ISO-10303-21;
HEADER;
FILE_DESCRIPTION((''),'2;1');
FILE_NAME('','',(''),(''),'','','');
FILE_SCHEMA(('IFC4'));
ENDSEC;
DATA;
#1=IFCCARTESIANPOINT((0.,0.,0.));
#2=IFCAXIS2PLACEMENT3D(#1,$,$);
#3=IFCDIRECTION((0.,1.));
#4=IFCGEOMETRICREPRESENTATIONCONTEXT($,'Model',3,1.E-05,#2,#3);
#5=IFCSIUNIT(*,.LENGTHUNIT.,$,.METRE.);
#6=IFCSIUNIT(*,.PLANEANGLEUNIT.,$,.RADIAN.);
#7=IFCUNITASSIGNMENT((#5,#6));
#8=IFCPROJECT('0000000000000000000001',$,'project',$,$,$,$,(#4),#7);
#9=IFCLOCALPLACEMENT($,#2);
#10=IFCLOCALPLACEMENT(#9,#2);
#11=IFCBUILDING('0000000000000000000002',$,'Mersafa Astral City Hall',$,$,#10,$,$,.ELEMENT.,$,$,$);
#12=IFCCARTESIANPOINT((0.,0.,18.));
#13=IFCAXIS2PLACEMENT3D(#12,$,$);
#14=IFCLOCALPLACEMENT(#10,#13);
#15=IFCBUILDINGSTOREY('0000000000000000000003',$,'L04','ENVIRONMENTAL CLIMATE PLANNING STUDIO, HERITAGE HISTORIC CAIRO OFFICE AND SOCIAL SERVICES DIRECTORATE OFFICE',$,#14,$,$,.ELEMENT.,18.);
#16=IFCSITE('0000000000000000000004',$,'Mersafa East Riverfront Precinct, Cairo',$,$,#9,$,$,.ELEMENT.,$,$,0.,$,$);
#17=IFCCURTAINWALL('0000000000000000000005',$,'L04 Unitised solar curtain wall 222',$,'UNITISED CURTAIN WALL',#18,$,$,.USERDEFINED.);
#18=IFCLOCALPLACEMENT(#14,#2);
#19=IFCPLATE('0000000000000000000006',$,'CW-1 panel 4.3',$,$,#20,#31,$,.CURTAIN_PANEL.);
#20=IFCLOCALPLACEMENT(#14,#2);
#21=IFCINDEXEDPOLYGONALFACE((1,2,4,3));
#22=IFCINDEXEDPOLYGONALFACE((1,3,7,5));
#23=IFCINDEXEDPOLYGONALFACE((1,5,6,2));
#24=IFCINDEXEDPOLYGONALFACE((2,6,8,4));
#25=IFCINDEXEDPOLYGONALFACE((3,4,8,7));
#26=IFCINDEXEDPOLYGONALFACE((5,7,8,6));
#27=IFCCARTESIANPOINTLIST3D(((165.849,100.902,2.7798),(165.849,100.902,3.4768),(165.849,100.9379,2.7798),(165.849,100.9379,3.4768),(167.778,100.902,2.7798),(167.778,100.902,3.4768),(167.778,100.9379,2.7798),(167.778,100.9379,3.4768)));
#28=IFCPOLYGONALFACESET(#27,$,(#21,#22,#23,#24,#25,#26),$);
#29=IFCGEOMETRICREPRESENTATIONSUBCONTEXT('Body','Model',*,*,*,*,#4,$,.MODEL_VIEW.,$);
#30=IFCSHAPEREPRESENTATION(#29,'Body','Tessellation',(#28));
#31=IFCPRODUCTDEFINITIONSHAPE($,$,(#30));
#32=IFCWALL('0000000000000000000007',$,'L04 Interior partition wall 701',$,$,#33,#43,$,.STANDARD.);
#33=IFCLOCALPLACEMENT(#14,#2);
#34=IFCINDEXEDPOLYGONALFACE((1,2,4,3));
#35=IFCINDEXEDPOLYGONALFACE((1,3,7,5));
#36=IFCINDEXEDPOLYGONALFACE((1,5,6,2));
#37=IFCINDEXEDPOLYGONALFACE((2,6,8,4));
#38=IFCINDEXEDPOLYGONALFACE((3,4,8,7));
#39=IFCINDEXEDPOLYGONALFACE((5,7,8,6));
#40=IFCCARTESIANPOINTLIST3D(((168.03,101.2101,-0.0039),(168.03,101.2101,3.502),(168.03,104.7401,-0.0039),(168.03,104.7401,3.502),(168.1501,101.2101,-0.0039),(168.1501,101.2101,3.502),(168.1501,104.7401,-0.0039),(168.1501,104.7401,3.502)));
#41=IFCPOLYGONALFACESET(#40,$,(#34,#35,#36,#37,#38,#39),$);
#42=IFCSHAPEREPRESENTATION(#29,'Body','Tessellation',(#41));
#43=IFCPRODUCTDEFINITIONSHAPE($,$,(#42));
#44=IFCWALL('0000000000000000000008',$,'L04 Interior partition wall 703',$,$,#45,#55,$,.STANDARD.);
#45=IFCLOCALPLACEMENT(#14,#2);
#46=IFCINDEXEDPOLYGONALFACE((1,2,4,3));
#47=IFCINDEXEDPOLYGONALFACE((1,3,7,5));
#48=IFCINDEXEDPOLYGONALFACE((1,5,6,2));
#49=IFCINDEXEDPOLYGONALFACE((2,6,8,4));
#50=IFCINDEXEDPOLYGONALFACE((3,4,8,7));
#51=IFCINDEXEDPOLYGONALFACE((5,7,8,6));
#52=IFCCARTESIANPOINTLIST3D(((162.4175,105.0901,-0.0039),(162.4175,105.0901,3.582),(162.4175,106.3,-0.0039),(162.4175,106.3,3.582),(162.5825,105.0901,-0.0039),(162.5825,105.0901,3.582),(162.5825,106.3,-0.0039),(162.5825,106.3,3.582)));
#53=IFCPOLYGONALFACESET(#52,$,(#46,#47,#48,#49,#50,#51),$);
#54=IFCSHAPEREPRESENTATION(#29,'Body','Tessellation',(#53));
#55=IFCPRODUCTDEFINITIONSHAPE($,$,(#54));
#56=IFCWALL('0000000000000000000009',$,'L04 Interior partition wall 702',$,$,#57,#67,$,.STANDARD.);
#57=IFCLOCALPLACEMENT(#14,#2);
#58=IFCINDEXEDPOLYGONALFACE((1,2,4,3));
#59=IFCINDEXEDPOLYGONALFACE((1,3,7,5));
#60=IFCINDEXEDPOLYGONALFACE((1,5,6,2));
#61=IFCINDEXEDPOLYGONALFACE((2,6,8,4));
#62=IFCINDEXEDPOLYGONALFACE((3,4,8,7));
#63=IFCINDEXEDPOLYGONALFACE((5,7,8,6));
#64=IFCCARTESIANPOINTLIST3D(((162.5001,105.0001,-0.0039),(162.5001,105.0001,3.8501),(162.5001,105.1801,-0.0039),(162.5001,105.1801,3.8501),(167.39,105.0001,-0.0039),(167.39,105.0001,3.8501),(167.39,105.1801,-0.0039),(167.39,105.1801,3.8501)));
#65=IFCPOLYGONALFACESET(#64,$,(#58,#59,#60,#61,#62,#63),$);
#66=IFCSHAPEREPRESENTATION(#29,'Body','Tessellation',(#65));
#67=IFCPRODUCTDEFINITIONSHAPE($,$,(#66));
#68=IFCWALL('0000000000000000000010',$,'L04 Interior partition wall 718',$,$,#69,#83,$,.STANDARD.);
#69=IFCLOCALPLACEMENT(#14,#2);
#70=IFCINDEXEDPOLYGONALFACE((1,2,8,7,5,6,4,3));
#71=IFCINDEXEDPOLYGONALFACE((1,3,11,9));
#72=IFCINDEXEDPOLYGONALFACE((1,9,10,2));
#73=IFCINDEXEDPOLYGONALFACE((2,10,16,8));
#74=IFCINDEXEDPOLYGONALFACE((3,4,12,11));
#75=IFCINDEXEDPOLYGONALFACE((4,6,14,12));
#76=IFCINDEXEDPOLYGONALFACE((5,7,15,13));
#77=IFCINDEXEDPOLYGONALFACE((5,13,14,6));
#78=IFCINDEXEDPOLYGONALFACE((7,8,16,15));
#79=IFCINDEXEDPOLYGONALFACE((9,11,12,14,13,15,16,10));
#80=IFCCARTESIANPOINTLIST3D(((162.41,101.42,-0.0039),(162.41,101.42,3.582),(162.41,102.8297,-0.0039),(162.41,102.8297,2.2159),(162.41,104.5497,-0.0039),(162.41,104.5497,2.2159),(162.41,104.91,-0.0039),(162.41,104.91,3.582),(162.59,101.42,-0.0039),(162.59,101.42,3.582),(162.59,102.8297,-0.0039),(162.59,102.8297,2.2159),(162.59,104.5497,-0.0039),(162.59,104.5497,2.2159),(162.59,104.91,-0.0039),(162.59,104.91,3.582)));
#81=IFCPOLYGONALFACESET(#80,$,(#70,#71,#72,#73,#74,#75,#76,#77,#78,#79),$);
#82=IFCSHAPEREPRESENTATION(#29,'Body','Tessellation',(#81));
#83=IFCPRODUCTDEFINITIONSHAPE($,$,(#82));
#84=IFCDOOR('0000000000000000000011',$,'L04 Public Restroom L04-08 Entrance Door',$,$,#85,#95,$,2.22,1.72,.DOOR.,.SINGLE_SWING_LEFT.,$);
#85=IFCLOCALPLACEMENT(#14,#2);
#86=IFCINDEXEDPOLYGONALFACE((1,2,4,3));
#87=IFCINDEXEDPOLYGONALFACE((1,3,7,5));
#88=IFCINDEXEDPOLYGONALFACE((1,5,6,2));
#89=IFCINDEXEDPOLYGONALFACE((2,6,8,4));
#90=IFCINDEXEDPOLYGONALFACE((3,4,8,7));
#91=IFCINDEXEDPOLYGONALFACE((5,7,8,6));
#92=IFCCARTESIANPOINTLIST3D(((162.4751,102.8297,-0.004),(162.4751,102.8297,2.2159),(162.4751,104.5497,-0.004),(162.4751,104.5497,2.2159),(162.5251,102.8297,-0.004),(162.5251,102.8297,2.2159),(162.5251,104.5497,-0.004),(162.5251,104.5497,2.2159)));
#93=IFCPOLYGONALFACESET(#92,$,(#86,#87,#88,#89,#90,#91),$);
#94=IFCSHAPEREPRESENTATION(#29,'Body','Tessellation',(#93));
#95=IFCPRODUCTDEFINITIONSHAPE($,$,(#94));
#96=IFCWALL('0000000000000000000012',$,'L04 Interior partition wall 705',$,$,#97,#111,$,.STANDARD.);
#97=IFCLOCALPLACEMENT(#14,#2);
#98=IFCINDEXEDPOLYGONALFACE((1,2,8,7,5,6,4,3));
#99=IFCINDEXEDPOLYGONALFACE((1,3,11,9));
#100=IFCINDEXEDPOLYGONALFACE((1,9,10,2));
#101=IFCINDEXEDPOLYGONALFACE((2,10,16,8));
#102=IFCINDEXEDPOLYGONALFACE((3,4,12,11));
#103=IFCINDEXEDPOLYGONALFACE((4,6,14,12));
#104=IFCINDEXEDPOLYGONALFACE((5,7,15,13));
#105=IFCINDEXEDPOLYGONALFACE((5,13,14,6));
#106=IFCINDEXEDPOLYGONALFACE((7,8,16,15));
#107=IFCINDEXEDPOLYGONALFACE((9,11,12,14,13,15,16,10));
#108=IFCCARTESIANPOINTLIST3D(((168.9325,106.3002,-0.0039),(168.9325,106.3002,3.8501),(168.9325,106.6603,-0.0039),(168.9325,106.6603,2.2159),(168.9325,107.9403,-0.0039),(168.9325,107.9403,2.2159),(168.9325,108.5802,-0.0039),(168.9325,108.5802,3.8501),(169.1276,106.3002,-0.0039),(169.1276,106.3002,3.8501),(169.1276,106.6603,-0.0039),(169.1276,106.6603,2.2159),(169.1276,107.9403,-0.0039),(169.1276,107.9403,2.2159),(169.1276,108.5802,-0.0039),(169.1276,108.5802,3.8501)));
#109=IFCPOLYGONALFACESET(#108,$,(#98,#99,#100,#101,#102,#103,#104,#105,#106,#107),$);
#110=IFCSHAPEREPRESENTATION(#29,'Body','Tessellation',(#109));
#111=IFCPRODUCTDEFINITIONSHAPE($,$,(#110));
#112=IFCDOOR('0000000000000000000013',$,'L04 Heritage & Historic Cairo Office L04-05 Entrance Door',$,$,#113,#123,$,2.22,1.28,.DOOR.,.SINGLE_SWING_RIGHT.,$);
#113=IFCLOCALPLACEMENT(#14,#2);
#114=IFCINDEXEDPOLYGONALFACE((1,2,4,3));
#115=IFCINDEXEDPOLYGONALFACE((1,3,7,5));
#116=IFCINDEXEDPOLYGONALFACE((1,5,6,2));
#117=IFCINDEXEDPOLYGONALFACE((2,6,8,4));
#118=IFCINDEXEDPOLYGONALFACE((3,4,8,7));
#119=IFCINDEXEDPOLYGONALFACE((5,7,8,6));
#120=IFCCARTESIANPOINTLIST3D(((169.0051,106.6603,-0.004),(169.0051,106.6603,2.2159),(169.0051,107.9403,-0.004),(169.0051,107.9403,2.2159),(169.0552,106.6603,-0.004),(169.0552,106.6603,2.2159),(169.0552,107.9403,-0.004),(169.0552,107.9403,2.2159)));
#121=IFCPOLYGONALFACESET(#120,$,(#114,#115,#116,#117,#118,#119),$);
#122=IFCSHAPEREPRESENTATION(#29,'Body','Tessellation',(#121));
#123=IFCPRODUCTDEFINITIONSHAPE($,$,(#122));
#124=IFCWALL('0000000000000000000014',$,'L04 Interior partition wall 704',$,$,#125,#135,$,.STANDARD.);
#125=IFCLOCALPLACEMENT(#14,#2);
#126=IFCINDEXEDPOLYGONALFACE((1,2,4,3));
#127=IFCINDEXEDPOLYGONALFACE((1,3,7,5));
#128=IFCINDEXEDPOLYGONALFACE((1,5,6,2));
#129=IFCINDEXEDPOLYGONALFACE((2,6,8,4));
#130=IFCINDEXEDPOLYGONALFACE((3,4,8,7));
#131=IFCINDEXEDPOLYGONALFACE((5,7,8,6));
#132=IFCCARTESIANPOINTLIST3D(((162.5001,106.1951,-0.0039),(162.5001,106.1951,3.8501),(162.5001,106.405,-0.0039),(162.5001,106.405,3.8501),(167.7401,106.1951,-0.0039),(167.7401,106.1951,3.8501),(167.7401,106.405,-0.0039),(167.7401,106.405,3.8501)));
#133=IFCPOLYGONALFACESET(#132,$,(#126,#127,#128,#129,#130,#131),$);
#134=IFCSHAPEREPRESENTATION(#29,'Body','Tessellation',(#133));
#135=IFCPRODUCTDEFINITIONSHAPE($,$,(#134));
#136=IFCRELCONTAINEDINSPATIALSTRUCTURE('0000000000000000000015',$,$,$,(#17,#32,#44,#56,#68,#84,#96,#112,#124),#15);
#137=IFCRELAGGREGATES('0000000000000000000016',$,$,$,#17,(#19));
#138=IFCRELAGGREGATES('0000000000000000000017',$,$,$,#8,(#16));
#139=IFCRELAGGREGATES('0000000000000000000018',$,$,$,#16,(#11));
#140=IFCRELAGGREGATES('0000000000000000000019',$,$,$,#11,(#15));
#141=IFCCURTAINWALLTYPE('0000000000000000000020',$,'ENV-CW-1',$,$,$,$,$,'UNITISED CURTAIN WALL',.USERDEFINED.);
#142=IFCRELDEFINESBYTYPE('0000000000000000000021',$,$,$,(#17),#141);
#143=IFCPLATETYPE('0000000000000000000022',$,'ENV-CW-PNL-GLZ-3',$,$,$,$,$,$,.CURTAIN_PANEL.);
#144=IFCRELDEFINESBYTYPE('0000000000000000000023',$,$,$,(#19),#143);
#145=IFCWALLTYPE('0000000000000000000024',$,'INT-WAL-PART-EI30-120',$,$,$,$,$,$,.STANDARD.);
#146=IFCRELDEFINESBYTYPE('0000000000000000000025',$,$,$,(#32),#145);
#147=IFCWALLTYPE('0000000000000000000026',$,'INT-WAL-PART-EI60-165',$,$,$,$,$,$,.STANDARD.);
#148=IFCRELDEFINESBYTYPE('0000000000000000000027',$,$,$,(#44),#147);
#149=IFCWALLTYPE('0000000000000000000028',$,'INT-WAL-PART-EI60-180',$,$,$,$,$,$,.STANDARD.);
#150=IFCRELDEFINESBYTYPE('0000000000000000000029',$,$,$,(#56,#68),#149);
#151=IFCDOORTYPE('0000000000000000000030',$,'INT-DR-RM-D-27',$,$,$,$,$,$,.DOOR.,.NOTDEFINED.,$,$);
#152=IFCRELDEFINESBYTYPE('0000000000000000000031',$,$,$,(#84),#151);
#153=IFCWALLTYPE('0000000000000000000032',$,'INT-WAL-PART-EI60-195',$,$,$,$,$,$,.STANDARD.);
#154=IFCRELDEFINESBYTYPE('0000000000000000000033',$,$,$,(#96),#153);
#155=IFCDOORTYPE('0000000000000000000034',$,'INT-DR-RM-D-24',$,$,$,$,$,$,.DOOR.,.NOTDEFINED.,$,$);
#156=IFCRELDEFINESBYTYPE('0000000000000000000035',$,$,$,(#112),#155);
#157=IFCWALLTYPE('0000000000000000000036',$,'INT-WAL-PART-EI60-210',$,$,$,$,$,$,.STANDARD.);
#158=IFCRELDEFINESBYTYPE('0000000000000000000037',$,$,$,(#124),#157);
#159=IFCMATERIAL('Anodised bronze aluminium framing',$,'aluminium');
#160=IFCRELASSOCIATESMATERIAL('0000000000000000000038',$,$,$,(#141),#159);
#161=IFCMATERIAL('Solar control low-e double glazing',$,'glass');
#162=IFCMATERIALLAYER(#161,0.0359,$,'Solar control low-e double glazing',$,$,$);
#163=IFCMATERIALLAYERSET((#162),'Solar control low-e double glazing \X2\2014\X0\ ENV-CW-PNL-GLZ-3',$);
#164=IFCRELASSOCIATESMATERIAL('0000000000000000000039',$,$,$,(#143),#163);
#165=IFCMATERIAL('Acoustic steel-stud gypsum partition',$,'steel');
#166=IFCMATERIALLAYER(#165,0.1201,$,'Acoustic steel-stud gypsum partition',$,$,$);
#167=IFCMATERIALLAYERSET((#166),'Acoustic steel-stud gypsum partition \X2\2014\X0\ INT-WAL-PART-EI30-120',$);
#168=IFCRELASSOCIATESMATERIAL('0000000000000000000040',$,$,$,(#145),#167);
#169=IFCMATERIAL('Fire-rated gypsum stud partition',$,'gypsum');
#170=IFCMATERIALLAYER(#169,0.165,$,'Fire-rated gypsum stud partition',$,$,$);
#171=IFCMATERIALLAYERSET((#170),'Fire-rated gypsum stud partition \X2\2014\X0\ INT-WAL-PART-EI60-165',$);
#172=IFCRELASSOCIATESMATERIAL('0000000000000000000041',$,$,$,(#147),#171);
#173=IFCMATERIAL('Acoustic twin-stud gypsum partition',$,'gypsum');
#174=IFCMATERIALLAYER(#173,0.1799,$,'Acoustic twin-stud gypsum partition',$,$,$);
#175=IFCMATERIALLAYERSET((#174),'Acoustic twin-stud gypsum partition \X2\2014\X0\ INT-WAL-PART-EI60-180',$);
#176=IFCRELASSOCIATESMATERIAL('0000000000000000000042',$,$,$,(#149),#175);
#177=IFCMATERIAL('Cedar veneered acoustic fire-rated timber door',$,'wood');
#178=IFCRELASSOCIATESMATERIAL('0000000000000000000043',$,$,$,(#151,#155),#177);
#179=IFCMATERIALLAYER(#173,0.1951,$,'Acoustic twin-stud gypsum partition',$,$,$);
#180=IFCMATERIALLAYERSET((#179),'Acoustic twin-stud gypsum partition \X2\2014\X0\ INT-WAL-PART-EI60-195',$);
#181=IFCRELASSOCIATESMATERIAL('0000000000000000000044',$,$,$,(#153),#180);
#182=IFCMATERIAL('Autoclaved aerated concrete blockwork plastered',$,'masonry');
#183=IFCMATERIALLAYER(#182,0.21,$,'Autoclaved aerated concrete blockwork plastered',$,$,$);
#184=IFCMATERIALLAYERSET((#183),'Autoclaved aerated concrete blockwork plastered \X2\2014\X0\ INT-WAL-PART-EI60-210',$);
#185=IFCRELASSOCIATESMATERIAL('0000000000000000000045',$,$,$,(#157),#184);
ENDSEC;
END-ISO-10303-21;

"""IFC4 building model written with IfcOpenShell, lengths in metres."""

from ifc_helpers import new_model, si_unit, direction, frame, frame_2d, origin, origin_2d, place, context, subcontext, project, spatial, rectangle, extrude, material, layer, layer_set, type_object, element, fill, aggregate, save


model = new_model("IFC4")

# Units and contexts
model_context = context("Model", 3, precision=1e-05, world=origin(), true_north=direction((0.0, 1.0)))
body_context = subcontext(model_context, "Body", "Model", "MODEL_VIEW")
ifc_project = project(units=[si_unit("LENGTHUNIT", "METRE"), si_unit("PLANEANGLEUNIT", "RADIAN")], contexts=[model_context])

# Site, building, storey
site_placement = place(None, origin())
site = spatial("IfcSite", under=ifc_project, at=site_placement, Name="Mersafa East Riverfront Precinct, Cairo", CompositionType="ELEMENT", RefElevation=0.0)
building_placement = place(site_placement, origin())
building = spatial("IfcBuilding", under=site, at=building_placement, Name="Mersafa Astral City Hall", CompositionType="ELEMENT")
storey_placement = place(building_placement, frame((0.0, 0.0, 18.0)))
storey = spatial("IfcBuildingStorey", under=building, at=storey_placement, Name="L04", Description="ENVIRONMENTAL CLIMATE PLANNING STUDIO, HERITAGE HISTORIC CAIRO OFFICE AND SOCIAL SERVICES DIRECTORATE OFFICE", CompositionType="ELEMENT", Elevation=18.0)

# Shared definitions
ifc_material_1 = material(Name="Anodised bronze aluminium framing", Category="aluminium")

# Curtain wall
curtain_wall_type_1 = type_object("IfcCurtainWallType", Name="ENV-CW-1", ElementType="UNITISED CURTAIN WALL", PredefinedType="USERDEFINED", material=ifc_material_1)
curtain_wall_1_placement = place(storey_placement, origin())
curtain_wall_1 = element("IfcCurtainWall", 1, at=curtain_wall_1_placement, inside=storey, type_object=curtain_wall_type_1, Name="L04 Unitised solar curtain wall 222", ObjectType="UNITISED CURTAIN WALL", PredefinedType="USERDEFINED")

# Plate
ifc_material_2 = material(Name="Solar control low-e double glazing", Category="glass")
ifc_layer_1 = layer(ifc_material_2, 0.0359, Name="Solar control low-e double glazing")
ifc_layer_set_1 = layer_set([ifc_layer_1], Name="Solar control low-e double glazing — ENV-CW-PNL-GLZ-3")
plate_type = type_object("IfcPlateType", Name="ENV-CW-PNL-GLZ-3", PredefinedType="CURTAIN_PANEL", material=ifc_layer_set_1)
plate_1_placement = place(storey_placement, frame((166.8135, 100.9199, 2.7798), z_axis=(0.0, 0.0, 1.0), x_axis=(1.0, 0.0, 0.0)))
plate_1 = element("IfcPlate", 2, at=plate_1_placement, type_object=plate_type, Name="CW-1 panel 4.3", PredefinedType="CURTAIN_PANEL", context=body_context, shape_type="SweptSolid", body=[
    extrude(rectangle(XDim=1.929, YDim=0.0359, at=origin_2d()), origin(), (0.0, 0.0, 1.0), 0.697),
])
aggregate(curtain_wall_1, [plate_1])

# Walls
ifc_material_3 = material(Name="Acoustic steel-stud gypsum partition", Category="steel")
ifc_layer_2 = layer(ifc_material_3, 0.1201, Name="Acoustic steel-stud gypsum partition")
ifc_layer_set_2 = layer_set([ifc_layer_2], Name="Acoustic steel-stud gypsum partition — INT-WAL-PART-EI30-120")
wall_type_1 = type_object("IfcWallType", Name="INT-WAL-PART-EI30-120", PredefinedType="STANDARD", material=ifc_layer_set_2)
wall_1_placement = place(storey_placement, frame((168.0901, 101.21, -0.0039), z_axis=(0.0, 0.0, 1.0), x_axis=(0.0, 1.0, 0.0)))
element("IfcWall", 3, at=wall_1_placement, inside=storey, type_object=wall_type_1, Name="L04 Interior partition wall 701", PredefinedType="STANDARD", context=body_context, shape_type="SweptSolid", body=[
    extrude(rectangle(XDim=3.53, YDim=0.1201, at=frame_2d((1.7651, 0.0))), origin(), (0.0, 0.0, 1.0), 3.5059),
])
ifc_material_4 = material(Name="Fire-rated gypsum stud partition", Category="gypsum")
ifc_layer_3 = layer(ifc_material_4, 0.165, Name="Fire-rated gypsum stud partition")
ifc_layer_set_3 = layer_set([ifc_layer_3], Name="Fire-rated gypsum stud partition — INT-WAL-PART-EI60-165")
wall_type_2 = type_object("IfcWallType", Name="INT-WAL-PART-EI60-165", PredefinedType="STANDARD", material=ifc_layer_set_3)
wall_2_placement = place(storey_placement, frame((162.5, 105.0901, -0.0039), z_axis=(0.0, 0.0, 1.0), x_axis=(0.0, 1.0, 0.0)))
element("IfcWall", 4, at=wall_2_placement, inside=storey, type_object=wall_type_2, Name="L04 Interior partition wall 703", PredefinedType="STANDARD", context=body_context, shape_type="SweptSolid", body=[
    extrude(rectangle(XDim=1.21, YDim=0.165, at=frame_2d((0.605, 0.0))), origin(), (0.0, 0.0, 1.0), 3.5859),
])
ifc_material_5 = material(Name="Acoustic twin-stud gypsum partition", Category="gypsum")
ifc_layer_4 = layer(ifc_material_5, 0.1799, Name="Acoustic twin-stud gypsum partition")
ifc_layer_set_4 = layer_set([ifc_layer_4], Name="Acoustic twin-stud gypsum partition — INT-WAL-PART-EI60-180")
wall_type_3 = type_object("IfcWallType", Name="INT-WAL-PART-EI60-180", PredefinedType="STANDARD", material=ifc_layer_set_4)
wall_3_placement = place(storey_placement, frame((167.3899, 105.0901, -0.0039), z_axis=(0.0, 0.0, 1.0), x_axis=(-1.0, 0.0, 0.0)))
element("IfcWall", 5, at=wall_3_placement, inside=storey, type_object=wall_type_3, Name="L04 Interior partition wall 702", PredefinedType="STANDARD", context=body_context, shape_type="SweptSolid", body=[
    extrude(rectangle(XDim=4.8899, YDim=0.1799, at=frame_2d((2.4448, 0.0))), origin(), (0.0, 0.0, 1.0), 3.854),
])

# Walls, openings, doors
wall_4_placement = place(storey_placement, frame((162.5, 101.4199, -0.0039), z_axis=(0.0, 0.0, 1.0), x_axis=(0.0, 1.0, 0.0)))
wall_4 = element("IfcWall", 6, at=wall_4_placement, inside=storey, type_object=wall_type_3, Name="L04 Interior partition wall 718", PredefinedType="STANDARD", context=body_context, shape_type="SweptSolid", body=[
    extrude(rectangle(XDim=3.49, YDim=0.1799, at=frame_2d((1.7451, 0.0))), origin(), (0.0, 0.0, 1.0), 3.5859),
])
opening_1_placement = place(wall_4_placement, frame((1.4099, 0.0, 0.0)))
opening_1 = element("IfcOpeningElement", 7, at=opening_1_placement, cuts=wall_4, PredefinedType="OPENING", context=body_context, shape_type="SweptSolid", body=[
    extrude(rectangle(XDim=1.72, YDim=2.22, at=frame_2d((0.8599, 1.1099))), frame((0.0, 0.0999, 0.0), z_axis=(0.0, -1.0, 0.0), x_axis=(1.0, 0.0, 0.0)), (0.0, 0.0, 1.0), 0.2),
])
ifc_material_6 = material(Name="Cedar veneered acoustic fire-rated timber door", Category="wood")
door_type_1 = type_object("IfcDoorType", Name="INT-DR-RM-D-27", OperationType="NOTDEFINED", PredefinedType="DOOR", material=ifc_material_6)
door_1_placement = place(opening_1_placement, origin())
door_1 = element("IfcDoor", 8, at=door_1_placement, inside=storey, type_object=door_type_1, Name="L04 Public Restroom L04-08 Entrance Door", OperationType="SINGLE_SWING_LEFT", OverallHeight=2.22, OverallWidth=1.72, PredefinedType="DOOR", context=body_context, shape_type="SweptSolid", body=[
    extrude(rectangle(XDim=1.72, YDim=2.22, at=frame_2d((0.8599, 1.1099))), frame((0.0, 0.0249, 0.0), z_axis=(0.0, -1.0, 0.0), x_axis=(1.0, 0.0, 0.0)), (0.0, 0.0, 1.0), 0.05),
])
fill(opening_1, door_1)
ifc_layer_5 = layer(ifc_material_5, 0.1951, Name="Acoustic twin-stud gypsum partition")
ifc_layer_set_5 = layer_set([ifc_layer_5], Name="Acoustic twin-stud gypsum partition — INT-WAL-PART-EI60-195")
wall_type_4 = type_object("IfcWallType", Name="INT-WAL-PART-EI60-195", PredefinedType="STANDARD", material=ifc_layer_set_5)
wall_5_placement = place(storey_placement, frame((169.03, 106.3, -0.0039), z_axis=(0.0, 0.0, 1.0), x_axis=(0.0, 1.0, 0.0)))
wall_5 = element("IfcWall", 9, at=wall_5_placement, inside=storey, type_object=wall_type_4, Name="L04 Interior partition wall 705", PredefinedType="STANDARD", context=body_context, shape_type="SweptSolid", body=[
    extrude(rectangle(XDim=2.28, YDim=0.1951, at=frame_2d((1.1401, 0.0))), origin(), (0.0, 0.0, 1.0), 3.854),
])
opening_2_placement = place(wall_5_placement, frame((0.3601, 0.0, 0.0)))
opening_2 = element("IfcOpeningElement", 10, at=opening_2_placement, cuts=wall_5, PredefinedType="OPENING", context=body_context, shape_type="SweptSolid", body=[
    extrude(rectangle(XDim=1.28, YDim=2.22, at=frame_2d((0.6401, 1.1099))), frame((0.0, 0.1074, 0.0), z_axis=(0.0, -1.0, 0.0), x_axis=(1.0, 0.0, 0.0)), (0.0, 0.0, 1.0), 0.2151),
])
door_type_2 = type_object("IfcDoorType", Name="INT-DR-RM-D-24", OperationType="NOTDEFINED", PredefinedType="DOOR", material=ifc_material_6)
door_2_placement = place(opening_2_placement, origin())
door_2 = element("IfcDoor", 11, at=door_2_placement, inside=storey, type_object=door_type_2, Name="L04 Heritage & Historic Cairo Office L04-05 Entrance Door", OperationType="SINGLE_SWING_RIGHT", OverallHeight=2.22, OverallWidth=1.28, PredefinedType="DOOR", context=body_context, shape_type="SweptSolid", body=[
    extrude(rectangle(XDim=1.28, YDim=2.22, at=frame_2d((0.6401, 1.1099))), frame((0.0, 0.0249, 0.0), z_axis=(0.0, -1.0, 0.0), x_axis=(1.0, 0.0, 0.0)), (0.0, 0.0, 1.0), 0.05),
])
fill(opening_2, door_2)

# Wall
ifc_material_7 = material(Name="Autoclaved aerated concrete blockwork plastered", Category="masonry")
ifc_layer_6 = layer(ifc_material_7, 0.21, Name="Autoclaved aerated concrete blockwork plastered")
ifc_layer_set_6 = layer_set([ifc_layer_6], Name="Autoclaved aerated concrete blockwork plastered — INT-WAL-PART-EI60-210")
wall_type_5 = type_object("IfcWallType", Name="INT-WAL-PART-EI60-210", PredefinedType="STANDARD", material=ifc_layer_set_6)
wall_6_placement = place(storey_placement, frame((162.5, 106.3, -0.0039), z_axis=(0.0, 0.0, 1.0), x_axis=(1.0, 0.0, 0.0)))
element("IfcWall", 12, at=wall_6_placement, inside=storey, type_object=wall_type_5, Name="L04 Interior partition wall 704", PredefinedType="STANDARD", context=body_context, shape_type="SweptSolid", body=[
    extrude(rectangle(XDim=5.24, YDim=0.21, at=frame_2d((2.6201, 0.0))), origin(), (0.0, 0.0, 1.0), 3.854),
])

save(model, "model.ifc")
